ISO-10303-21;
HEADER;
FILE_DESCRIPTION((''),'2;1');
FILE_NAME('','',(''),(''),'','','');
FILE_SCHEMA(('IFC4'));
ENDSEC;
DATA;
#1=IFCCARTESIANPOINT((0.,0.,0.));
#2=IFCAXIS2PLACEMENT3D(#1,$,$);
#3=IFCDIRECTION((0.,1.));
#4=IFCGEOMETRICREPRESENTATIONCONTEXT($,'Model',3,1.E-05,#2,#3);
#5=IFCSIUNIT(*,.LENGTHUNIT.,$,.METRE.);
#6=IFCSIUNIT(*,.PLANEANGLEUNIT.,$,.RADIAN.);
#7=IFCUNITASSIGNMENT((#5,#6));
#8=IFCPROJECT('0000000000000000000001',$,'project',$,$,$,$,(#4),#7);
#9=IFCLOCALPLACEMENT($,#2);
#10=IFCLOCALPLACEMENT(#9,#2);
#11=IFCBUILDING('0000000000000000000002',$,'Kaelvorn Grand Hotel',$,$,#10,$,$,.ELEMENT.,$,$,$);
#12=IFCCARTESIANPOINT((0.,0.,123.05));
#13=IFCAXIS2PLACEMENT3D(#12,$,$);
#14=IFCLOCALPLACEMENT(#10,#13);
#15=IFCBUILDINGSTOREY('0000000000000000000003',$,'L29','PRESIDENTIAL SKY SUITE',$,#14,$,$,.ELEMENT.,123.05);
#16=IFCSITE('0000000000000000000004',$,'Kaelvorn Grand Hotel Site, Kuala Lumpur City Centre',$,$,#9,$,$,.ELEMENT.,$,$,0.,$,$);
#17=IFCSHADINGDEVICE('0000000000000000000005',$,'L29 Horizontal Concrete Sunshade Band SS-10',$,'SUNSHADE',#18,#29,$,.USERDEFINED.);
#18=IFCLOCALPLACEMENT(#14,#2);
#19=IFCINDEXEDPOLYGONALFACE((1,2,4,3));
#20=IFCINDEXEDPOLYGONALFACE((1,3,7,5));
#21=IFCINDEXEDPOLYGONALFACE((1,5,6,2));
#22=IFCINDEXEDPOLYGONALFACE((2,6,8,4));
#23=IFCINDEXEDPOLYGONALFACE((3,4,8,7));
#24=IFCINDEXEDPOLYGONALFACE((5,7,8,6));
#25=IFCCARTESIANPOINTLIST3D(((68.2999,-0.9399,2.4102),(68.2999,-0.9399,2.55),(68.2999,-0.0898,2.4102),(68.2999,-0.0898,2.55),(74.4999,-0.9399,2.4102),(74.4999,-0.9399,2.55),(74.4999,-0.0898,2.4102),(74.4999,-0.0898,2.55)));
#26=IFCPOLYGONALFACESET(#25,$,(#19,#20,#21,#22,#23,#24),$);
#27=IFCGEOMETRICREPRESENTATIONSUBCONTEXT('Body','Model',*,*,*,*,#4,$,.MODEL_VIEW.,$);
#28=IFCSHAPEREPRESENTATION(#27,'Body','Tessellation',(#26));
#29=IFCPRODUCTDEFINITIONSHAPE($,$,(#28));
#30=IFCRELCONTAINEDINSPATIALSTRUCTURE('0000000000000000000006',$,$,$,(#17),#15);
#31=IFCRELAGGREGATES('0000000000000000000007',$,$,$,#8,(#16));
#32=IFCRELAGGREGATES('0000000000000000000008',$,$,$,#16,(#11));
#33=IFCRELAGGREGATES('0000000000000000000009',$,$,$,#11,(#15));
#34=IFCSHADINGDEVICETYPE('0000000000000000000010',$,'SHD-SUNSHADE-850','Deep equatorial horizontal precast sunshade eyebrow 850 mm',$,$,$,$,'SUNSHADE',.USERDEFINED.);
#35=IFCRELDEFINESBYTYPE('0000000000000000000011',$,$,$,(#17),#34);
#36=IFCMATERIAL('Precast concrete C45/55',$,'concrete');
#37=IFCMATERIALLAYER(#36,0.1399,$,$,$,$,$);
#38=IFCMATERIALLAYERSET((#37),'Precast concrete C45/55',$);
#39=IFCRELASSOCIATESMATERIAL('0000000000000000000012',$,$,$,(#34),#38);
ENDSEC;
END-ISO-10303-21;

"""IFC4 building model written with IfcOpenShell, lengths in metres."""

from ifc_helpers import new_model, si_unit, direction, frame, origin, origin_2d, place, context, subcontext, project, spatial, rectangle, extrude, material, layer, layer_set, type_object, element, save


model = new_model("IFC4")

# Units and contexts
model_context = context("Model", 3, precision=1e-05, world=origin(), true_north=direction((0.0, 1.0)))
body_context = subcontext(model_context, "Body", "Model", "MODEL_VIEW")
ifc_project = project(units=[si_unit("LENGTHUNIT", "METRE"), si_unit("PLANEANGLEUNIT", "RADIAN")], contexts=[model_context])

# Site, building, storey
site_placement = place(None, origin())
site = spatial("IfcSite", under=ifc_project, at=site_placement, Name="Kaelvorn Grand Hotel Site, Kuala Lumpur City Centre", CompositionType="ELEMENT", RefElevation=0.0)
building_placement = place(site_placement, origin())
building = spatial("IfcBuilding", under=site, at=building_placement, Name="Kaelvorn Grand Hotel", CompositionType="ELEMENT")
storey_placement = place(building_placement, frame((0.0, 0.0, 123.05)))
storey = spatial("IfcBuildingStorey", under=building, at=storey_placement, Name="L29", Description="PRESIDENTIAL SKY SUITE", CompositionType="ELEMENT", Elevation=123.05)

# Shared definitions
ifc_material_1 = material(Name="Precast concrete C45/55", Category="concrete")

# Shading device
ifc_layer_1 = layer(ifc_material_1, 0.1399)
ifc_layer_set_1 = layer_set([ifc_layer_1], Name="Precast concrete C45/55")
shading_device_type = type_object("IfcShadingDeviceType", Name="SHD-SUNSHADE-850", Description="Deep equatorial horizontal precast sunshade eyebrow 850 mm", ElementType="SUNSHADE", PredefinedType="USERDEFINED", material=ifc_layer_set_1)
shading_device_placement = place(storey_placement, frame((71.3999, -0.5149, 2.4102), z_axis=(0.0, 0.0, 1.0), x_axis=(1.0, 0.0, 0.0)))
element("IfcShadingDevice", 1, at=shading_device_placement, inside=storey, type_object=shading_device_type, Name="L29 Horizontal Concrete Sunshade Band SS-10", ObjectType="SUNSHADE", PredefinedType="USERDEFINED", context=body_context, shape_type="SweptSolid", body=[
    extrude(rectangle(XDim=6.2, YDim=0.8501, at=origin_2d()), origin(), (0.0, 0.0, 1.0), 0.1399),
])

save(model, "model.ifc")
